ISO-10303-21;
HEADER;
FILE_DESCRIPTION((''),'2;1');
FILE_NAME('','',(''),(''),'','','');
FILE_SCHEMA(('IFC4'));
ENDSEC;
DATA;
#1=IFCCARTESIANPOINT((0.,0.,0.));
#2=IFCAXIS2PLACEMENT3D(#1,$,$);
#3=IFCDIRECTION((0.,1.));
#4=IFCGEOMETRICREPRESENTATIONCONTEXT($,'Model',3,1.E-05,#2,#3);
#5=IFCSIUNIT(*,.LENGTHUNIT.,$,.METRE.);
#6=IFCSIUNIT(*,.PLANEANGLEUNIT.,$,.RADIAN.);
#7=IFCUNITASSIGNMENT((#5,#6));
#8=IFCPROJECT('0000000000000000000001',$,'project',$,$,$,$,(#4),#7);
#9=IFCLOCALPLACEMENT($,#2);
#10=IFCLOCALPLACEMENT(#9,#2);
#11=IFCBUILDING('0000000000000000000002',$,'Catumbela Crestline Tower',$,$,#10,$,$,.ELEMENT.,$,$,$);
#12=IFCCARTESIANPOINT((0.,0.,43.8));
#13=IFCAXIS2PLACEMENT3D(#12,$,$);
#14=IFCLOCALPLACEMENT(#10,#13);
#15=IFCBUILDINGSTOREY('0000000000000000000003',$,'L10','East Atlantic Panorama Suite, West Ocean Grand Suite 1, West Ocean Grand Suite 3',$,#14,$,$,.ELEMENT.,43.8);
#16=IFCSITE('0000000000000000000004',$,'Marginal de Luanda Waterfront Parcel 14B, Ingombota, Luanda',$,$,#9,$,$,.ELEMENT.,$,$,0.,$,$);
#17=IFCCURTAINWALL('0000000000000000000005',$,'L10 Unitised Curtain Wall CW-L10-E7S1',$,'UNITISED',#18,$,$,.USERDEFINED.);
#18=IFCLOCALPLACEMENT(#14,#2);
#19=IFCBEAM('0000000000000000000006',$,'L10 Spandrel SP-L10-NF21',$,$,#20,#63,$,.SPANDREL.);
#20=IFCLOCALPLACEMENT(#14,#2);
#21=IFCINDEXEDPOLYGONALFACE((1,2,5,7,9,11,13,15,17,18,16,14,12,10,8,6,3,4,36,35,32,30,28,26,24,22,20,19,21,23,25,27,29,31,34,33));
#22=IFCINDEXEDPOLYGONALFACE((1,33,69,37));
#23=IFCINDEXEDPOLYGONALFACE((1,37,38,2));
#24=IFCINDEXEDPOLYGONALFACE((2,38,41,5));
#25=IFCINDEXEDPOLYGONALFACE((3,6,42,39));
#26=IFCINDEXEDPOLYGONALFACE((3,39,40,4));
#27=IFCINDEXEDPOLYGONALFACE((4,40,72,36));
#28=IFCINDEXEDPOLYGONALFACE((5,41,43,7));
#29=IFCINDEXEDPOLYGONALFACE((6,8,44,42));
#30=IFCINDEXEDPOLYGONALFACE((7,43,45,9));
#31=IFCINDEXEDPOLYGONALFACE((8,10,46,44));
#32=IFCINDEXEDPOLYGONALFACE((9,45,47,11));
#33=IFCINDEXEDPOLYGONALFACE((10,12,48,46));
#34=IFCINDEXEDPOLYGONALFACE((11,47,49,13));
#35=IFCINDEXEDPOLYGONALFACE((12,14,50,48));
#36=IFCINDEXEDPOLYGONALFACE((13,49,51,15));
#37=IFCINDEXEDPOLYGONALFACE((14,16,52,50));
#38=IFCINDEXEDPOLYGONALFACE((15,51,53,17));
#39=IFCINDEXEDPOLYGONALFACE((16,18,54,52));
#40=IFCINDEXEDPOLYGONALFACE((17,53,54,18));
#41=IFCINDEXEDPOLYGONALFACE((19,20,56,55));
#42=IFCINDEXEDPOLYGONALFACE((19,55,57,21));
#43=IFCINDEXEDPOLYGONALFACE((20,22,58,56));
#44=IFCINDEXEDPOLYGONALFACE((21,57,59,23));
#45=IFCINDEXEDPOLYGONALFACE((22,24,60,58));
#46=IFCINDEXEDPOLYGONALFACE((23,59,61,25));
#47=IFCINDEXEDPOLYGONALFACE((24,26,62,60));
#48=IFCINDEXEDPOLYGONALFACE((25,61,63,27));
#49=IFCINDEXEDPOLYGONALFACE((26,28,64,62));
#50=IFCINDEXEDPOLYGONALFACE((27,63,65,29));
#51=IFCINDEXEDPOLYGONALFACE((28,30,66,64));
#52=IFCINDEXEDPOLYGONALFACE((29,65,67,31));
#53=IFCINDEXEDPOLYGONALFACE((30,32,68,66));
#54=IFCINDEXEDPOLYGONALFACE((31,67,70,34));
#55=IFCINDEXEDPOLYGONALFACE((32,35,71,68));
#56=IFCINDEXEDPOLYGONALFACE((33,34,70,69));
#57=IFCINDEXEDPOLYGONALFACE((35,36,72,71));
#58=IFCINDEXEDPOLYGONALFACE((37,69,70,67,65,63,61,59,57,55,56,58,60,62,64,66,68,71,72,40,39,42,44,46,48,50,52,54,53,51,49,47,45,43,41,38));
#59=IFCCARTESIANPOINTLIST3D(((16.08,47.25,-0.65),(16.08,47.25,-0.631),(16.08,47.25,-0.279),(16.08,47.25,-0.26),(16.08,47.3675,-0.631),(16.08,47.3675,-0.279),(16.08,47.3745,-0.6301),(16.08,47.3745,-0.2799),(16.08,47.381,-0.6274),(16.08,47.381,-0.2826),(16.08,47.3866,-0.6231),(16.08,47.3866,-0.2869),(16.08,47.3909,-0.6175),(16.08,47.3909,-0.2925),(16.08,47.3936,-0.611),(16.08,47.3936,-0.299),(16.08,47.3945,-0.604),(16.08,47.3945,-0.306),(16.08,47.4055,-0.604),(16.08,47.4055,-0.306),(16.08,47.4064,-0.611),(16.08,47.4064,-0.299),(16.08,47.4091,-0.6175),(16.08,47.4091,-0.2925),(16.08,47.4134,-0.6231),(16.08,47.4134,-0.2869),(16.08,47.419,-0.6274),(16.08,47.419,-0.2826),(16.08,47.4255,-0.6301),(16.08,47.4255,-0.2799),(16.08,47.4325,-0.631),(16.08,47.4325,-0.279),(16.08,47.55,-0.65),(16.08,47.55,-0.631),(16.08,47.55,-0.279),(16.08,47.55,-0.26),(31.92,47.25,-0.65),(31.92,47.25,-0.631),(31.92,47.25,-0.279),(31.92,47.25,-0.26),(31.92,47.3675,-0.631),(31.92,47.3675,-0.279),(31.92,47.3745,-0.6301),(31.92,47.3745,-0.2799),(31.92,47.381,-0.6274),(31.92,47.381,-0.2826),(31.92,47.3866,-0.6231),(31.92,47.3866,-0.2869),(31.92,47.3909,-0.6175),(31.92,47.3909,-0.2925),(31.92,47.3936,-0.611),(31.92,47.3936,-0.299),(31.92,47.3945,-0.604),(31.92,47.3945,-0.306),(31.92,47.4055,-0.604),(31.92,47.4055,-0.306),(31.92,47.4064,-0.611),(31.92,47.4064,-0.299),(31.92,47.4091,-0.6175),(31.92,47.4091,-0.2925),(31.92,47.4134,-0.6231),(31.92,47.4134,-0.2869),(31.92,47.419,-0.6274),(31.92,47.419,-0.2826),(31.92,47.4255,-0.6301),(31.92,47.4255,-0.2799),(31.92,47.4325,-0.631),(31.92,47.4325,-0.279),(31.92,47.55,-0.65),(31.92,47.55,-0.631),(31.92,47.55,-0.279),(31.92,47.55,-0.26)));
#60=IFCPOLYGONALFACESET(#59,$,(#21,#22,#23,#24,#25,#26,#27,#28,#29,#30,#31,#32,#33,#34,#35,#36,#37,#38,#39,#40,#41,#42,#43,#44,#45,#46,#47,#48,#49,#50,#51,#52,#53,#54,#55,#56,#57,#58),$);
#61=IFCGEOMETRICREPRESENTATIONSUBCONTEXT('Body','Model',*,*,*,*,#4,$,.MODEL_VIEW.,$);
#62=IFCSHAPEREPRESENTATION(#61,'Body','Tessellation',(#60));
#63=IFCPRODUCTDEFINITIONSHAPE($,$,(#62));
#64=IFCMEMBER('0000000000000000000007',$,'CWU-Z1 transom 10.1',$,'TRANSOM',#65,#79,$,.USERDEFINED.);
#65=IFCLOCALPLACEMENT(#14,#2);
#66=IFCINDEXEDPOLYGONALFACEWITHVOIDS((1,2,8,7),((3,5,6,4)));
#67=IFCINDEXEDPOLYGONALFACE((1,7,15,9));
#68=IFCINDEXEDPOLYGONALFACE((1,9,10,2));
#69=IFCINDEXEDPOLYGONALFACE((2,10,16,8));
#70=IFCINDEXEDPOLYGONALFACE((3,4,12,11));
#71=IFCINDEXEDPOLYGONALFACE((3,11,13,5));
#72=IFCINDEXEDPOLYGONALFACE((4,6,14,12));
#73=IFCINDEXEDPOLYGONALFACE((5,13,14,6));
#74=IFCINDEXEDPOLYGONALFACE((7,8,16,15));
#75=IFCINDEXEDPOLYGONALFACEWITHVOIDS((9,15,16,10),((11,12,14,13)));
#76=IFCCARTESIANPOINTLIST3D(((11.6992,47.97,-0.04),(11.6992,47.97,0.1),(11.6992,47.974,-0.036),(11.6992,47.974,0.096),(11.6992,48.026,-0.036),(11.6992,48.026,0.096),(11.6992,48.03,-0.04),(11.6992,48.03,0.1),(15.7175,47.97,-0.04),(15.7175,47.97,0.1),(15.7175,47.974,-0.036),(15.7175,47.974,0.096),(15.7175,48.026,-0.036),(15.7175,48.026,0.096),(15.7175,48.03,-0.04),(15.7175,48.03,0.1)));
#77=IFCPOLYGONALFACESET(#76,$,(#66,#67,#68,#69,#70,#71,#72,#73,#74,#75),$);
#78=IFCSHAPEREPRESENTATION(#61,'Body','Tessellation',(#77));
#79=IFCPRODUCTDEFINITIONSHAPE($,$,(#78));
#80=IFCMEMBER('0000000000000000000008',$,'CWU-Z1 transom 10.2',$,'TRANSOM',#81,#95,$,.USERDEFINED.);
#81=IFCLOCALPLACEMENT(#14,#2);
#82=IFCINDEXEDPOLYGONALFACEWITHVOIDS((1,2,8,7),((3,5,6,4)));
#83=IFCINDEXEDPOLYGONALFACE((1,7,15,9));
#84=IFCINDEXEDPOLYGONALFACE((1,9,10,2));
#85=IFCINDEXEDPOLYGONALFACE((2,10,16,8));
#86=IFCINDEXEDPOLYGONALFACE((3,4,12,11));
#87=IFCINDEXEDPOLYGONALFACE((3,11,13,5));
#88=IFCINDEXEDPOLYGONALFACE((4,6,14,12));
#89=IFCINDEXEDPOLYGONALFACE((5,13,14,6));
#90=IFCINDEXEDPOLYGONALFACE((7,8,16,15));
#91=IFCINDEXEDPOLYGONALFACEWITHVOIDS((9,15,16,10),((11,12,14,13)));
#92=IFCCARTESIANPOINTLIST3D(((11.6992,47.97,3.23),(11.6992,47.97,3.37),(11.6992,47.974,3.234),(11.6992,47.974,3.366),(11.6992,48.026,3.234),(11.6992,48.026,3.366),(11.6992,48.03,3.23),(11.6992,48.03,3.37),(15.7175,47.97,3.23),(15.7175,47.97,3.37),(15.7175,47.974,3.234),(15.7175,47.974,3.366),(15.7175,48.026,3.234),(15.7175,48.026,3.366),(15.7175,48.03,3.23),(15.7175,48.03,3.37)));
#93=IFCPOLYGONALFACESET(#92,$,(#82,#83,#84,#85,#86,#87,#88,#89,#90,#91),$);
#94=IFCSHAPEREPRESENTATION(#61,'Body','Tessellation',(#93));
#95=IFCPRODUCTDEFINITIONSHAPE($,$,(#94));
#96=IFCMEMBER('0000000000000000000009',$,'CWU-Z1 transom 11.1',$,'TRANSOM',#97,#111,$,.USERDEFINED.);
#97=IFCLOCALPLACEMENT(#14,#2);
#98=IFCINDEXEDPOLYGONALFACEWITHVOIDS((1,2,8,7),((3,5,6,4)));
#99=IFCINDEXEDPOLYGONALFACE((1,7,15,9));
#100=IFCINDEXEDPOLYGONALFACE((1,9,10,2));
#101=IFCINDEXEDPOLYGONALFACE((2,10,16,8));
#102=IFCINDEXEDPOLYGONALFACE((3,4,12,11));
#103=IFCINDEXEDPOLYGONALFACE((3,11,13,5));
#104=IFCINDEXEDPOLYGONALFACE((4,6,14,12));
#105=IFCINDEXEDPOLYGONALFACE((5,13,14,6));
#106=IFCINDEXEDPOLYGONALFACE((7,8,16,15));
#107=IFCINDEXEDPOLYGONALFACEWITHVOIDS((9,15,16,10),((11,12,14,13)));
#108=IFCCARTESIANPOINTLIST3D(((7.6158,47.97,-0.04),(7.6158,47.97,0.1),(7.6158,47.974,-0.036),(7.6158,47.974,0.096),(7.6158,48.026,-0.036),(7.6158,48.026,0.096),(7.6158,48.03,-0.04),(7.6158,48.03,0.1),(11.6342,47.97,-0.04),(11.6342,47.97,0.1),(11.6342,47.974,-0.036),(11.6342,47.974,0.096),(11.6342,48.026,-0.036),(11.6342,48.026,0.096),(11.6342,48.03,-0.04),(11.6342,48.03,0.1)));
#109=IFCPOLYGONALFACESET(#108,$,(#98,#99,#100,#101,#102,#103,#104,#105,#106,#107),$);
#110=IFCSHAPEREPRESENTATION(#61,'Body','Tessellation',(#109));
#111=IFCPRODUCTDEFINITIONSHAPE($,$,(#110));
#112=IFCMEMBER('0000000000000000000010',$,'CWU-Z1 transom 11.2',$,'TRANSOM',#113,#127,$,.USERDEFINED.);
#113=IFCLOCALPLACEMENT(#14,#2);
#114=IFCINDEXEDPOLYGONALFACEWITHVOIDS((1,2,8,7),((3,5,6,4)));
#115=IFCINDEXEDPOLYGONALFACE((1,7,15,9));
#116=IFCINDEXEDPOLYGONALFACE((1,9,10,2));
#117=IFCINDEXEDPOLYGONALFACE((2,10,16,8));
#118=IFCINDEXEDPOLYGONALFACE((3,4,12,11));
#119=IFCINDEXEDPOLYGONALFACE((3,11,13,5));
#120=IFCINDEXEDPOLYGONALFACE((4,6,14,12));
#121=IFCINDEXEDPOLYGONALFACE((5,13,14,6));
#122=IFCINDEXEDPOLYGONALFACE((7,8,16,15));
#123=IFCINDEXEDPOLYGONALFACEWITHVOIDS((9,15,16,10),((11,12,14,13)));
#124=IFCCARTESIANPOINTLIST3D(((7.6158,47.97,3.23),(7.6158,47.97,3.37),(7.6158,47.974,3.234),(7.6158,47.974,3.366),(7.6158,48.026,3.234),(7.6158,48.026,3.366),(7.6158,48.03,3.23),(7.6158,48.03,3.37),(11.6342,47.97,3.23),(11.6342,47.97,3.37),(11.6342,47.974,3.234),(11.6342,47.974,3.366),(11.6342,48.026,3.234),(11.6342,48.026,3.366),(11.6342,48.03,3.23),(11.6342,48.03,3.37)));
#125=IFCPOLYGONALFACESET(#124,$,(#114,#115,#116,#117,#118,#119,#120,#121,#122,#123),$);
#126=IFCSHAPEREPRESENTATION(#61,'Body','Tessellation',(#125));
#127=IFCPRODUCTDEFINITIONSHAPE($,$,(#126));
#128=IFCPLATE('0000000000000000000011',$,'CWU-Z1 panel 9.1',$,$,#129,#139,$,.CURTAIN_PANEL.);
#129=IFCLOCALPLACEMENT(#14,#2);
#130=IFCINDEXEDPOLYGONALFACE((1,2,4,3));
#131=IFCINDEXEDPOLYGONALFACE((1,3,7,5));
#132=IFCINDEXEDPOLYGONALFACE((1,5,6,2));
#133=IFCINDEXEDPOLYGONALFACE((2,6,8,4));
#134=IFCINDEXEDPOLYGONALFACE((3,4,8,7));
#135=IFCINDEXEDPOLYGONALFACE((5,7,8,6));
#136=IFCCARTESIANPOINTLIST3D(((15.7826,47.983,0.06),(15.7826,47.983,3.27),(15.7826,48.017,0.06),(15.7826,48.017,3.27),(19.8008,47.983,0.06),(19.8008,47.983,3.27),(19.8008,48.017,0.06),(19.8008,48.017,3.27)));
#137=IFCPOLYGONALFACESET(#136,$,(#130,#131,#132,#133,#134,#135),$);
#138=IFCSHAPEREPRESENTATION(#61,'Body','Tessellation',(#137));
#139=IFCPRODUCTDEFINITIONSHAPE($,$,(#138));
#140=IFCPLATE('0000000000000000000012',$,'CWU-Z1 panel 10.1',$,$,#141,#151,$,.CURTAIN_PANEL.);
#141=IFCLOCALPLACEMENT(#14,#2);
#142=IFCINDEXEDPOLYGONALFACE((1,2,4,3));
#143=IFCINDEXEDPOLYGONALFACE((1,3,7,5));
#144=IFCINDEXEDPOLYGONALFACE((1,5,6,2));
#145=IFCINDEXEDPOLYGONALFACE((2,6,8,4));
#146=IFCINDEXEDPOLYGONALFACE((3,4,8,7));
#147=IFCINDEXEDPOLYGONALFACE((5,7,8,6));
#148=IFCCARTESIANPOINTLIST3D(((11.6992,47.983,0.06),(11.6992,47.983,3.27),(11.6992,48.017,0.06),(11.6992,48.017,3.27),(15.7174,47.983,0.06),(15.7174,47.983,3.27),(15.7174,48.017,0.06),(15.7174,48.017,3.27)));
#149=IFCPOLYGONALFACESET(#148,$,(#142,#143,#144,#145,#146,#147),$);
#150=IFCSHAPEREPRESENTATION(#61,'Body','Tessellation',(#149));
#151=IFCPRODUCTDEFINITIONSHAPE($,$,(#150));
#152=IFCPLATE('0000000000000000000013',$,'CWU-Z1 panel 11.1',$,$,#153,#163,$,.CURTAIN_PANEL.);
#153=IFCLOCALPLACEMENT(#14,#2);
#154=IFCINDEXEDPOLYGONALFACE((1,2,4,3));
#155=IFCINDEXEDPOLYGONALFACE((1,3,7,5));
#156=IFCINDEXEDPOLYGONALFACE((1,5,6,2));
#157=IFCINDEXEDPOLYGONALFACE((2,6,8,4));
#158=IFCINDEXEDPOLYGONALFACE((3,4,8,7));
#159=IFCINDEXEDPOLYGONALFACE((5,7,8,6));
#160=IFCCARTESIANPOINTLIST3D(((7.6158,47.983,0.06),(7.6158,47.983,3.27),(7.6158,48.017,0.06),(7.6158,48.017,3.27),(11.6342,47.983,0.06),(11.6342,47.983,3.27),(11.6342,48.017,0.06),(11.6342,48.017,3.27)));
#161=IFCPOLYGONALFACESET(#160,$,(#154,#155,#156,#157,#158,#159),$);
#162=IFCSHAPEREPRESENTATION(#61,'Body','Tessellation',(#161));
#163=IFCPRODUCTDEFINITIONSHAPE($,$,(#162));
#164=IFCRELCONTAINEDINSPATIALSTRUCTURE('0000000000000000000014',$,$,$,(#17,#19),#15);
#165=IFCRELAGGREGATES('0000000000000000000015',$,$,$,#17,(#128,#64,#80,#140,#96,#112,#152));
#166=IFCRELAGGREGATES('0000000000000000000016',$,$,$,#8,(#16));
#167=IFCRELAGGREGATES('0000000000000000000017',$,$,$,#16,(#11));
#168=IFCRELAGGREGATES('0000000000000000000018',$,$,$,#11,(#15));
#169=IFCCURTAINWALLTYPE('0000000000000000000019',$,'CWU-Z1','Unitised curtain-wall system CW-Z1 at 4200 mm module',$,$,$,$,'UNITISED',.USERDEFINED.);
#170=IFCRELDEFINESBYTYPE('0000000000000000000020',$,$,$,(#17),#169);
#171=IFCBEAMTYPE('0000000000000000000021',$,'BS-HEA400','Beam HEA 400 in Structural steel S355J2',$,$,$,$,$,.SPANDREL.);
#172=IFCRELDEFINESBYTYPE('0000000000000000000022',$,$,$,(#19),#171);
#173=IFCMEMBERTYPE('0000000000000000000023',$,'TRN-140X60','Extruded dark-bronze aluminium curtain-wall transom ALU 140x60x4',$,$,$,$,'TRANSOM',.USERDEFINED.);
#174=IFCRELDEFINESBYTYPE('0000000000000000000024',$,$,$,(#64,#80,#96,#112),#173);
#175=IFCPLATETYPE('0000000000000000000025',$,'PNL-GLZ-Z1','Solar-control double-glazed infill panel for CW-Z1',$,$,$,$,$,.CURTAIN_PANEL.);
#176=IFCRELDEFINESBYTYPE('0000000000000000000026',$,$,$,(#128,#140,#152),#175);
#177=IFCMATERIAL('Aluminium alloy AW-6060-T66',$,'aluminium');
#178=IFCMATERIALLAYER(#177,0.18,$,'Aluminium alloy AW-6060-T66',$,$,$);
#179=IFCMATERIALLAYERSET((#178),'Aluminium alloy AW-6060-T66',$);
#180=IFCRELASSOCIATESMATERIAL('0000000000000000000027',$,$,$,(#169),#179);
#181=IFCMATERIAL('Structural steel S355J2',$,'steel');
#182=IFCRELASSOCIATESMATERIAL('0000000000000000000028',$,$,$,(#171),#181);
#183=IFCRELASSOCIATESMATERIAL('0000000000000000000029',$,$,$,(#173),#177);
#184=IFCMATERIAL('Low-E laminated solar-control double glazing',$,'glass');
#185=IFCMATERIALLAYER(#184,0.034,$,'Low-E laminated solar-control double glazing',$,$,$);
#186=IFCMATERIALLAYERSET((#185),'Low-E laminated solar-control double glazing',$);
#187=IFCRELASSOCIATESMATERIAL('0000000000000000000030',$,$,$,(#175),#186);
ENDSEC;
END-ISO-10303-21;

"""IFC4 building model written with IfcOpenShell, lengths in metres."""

from ifc_helpers import new_model, si_unit, direction, frame, origin, origin_2d, place, context, subcontext, project, spatial, rectangle, hollow_rectangle, i_section, extrude, material, layer, layer_set, material_profile, profile_set, type_object, element, aggregate, save


model = new_model("IFC4")

# Units and contexts
model_context = context("Model", 3, precision=1e-05, world=origin(), true_north=direction((0.0, 1.0)))
body_context = subcontext(model_context, "Body", "Model", "MODEL_VIEW")
ifc_project = project(units=[si_unit("LENGTHUNIT", "METRE"), si_unit("PLANEANGLEUNIT", "RADIAN")], contexts=[model_context])

# Site, building, storey
site_placement = place(None, origin())
site = spatial("IfcSite", under=ifc_project, at=site_placement, Name="Marginal de Luanda Waterfront Parcel 14B, Ingombota, Luanda", CompositionType="ELEMENT", RefElevation=0.0)
building_placement = place(site_placement, origin())
building = spatial("IfcBuilding", under=site, at=building_placement, Name="Catumbela Crestline Tower", CompositionType="ELEMENT")
storey_placement = place(building_placement, frame((0.0, 0.0, 43.8)))
storey = spatial("IfcBuildingStorey", under=building, at=storey_placement, Name="L10", Description="East Atlantic Panorama Suite, West Ocean Grand Suite 1, West Ocean Grand Suite 3", CompositionType="ELEMENT", Elevation=43.8)

# Curtain wall
ifc_material_1 = material(Name="Aluminium alloy AW-6060-T66", Category="aluminium")
ifc_layer_1 = layer(ifc_material_1, 0.18, Name="Aluminium alloy AW-6060-T66")
ifc_layer_set_1 = layer_set([ifc_layer_1], Name="Aluminium alloy AW-6060-T66")
curtain_wall_type = type_object("IfcCurtainWallType", Name="CWU-Z1", Description="Unitised curtain-wall system CW-Z1 at 4200 mm module", ElementType="UNITISED", PredefinedType="USERDEFINED", material=ifc_layer_set_1)
curtain_wall_placement = place(storey_placement, origin())
curtain_wall = element("IfcCurtainWall", 1, at=curtain_wall_placement, inside=storey, type_object=curtain_wall_type, Name="L10 Unitised Curtain Wall CW-L10-E7S1", ObjectType="UNITISED", PredefinedType="USERDEFINED")

# Beam
ifc_material_2 = material(Name="Structural steel S355J2", Category="steel")
ifc_material_profile_1 = material_profile(ifc_material_2, i_section(OverallWidth=0.3, OverallDepth=0.39, WebThickness=0.011, FlangeThickness=0.019, FilletRadius=0.027, at=origin_2d()), Name="HEA 400")
ifc_profile_set_1 = profile_set([ifc_material_profile_1], Name="Structural steel S355J2")
beam_type = type_object("IfcBeamType", Name="BS-HEA400", Description="Beam HEA 400 in Structural steel S355J2", PredefinedType="SPANDREL", material=ifc_profile_set_1)
beam_1_placement = place(storey_placement, frame((16.08, 47.4, -0.455), z_axis=(1.0, 0.0, 0.0), x_axis=(0.0, 1.0, 0.0)))
element("IfcBeam", 2, at=beam_1_placement, inside=storey, type_object=beam_type, Name="L10 Spandrel SP-L10-NF21", PredefinedType="SPANDREL", context=body_context, shape_type="SweptSolid", body=[
    extrude(i_section(OverallWidth=0.3, OverallDepth=0.39, WebThickness=0.011, FlangeThickness=0.019, FilletRadius=0.027, at=origin_2d()), origin(), (0.0, 0.0, 1.0), 15.84),
])

# Members
ifc_material_profile_2 = material_profile(ifc_material_1, hollow_rectangle(XDim=0.06, YDim=0.14, WallThickness=0.004, at=origin_2d()), Name="ALU 140x60x4")
ifc_profile_set_2 = profile_set([ifc_material_profile_2], Name="Aluminium alloy AW-6060-T66")
member_type_1 = type_object("IfcMemberType", Name="TRN-140X60", Description="Extruded dark-bronze aluminium curtain-wall transom ALU 140x60x4", ElementType="TRANSOM", PredefinedType="USERDEFINED", material=ifc_profile_set_2)
member_1_placement = place(storey_placement, frame((15.7175, 48.0, 0.03), z_axis=(-1.0, 0.0, 0.0), x_axis=(0.0, -1.0, 0.0)))
member_1 = element("IfcMember", 3, at=member_1_placement, type_object=member_type_1, Name="CWU-Z1 transom 10.1", ObjectType="TRANSOM", PredefinedType="USERDEFINED", context=body_context, shape_type="SweptSolid", body=[
    extrude(hollow_rectangle(XDim=0.06, YDim=0.14, WallThickness=0.004, at=origin_2d()), origin(), (0.0, 0.0, 1.0), 4.0183),
])
member_2_placement = place(storey_placement, frame((15.7175, 48.0, 3.3), z_axis=(-1.0, 0.0, 0.0), x_axis=(0.0, -1.0, 0.0)))
member_2 = element("IfcMember", 4, at=member_2_placement, type_object=member_type_1, Name="CWU-Z1 transom 10.2", ObjectType="TRANSOM", PredefinedType="USERDEFINED", context=body_context, shape_type="SweptSolid", body=[
    extrude(hollow_rectangle(XDim=0.06, YDim=0.14, WallThickness=0.004, at=origin_2d()), origin(), (0.0, 0.0, 1.0), 4.0183),
])
member_3_placement = place(storey_placement, frame((11.6342, 48.0, 0.03), z_axis=(-1.0, 0.0, 0.0), x_axis=(0.0, -1.0, 0.0)))
member_3 = element("IfcMember", 5, at=member_3_placement, type_object=member_type_1, Name="CWU-Z1 transom 11.1", ObjectType="TRANSOM", PredefinedType="USERDEFINED", context=body_context, shape_type="SweptSolid", body=[
    extrude(hollow_rectangle(XDim=0.06, YDim=0.14, WallThickness=0.004, at=origin_2d()), origin(), (0.0, 0.0, 1.0), 4.0184),
])
member_4_placement = place(storey_placement, frame((11.6342, 48.0, 3.3), z_axis=(-1.0, 0.0, 0.0), x_axis=(0.0, -1.0, 0.0)))
member_4 = element("IfcMember", 6, at=member_4_placement, type_object=member_type_1, Name="CWU-Z1 transom 11.2", ObjectType="TRANSOM", PredefinedType="USERDEFINED", context=body_context, shape_type="SweptSolid", body=[
    extrude(hollow_rectangle(XDim=0.06, YDim=0.14, WallThickness=0.004, at=origin_2d()), origin(), (0.0, 0.0, 1.0), 4.0184),
])

# Plates
ifc_material_3 = material(Name="Low-E laminated solar-control double glazing", Category="glass")
ifc_layer_2 = layer(ifc_material_3, 0.034, Name="Low-E laminated solar-control double glazing")
ifc_layer_set_2 = layer_set([ifc_layer_2], Name="Low-E laminated solar-control double glazing")
plate_type = type_object("IfcPlateType", Name="PNL-GLZ-Z1", Description="Solar-control double-glazed infill panel for CW-Z1", PredefinedType="CURTAIN_PANEL", material=ifc_layer_set_2)
plate_1_placement = place(storey_placement, frame((17.7917, 48.0, 0.06), z_axis=(0.0, 0.0, 1.0), x_axis=(-1.0, 0.0, 0.0)))
plate_1 = element("IfcPlate", 7, at=plate_1_placement, type_object=plate_type, Name="CWU-Z1 panel 9.1", PredefinedType="CURTAIN_PANEL", context=body_context, shape_type="SweptSolid", body=[
    extrude(rectangle(XDim=4.0183, YDim=0.034, at=origin_2d()), origin(), (0.0, 0.0, 1.0), 3.21),
])
plate_2_placement = place(storey_placement, frame((13.7083, 48.0, 0.06), z_axis=(0.0, 0.0, 1.0), x_axis=(-1.0, 0.0, 0.0)))
plate_2 = element("IfcPlate", 8, at=plate_2_placement, type_object=plate_type, Name="CWU-Z1 panel 10.1", PredefinedType="CURTAIN_PANEL", context=body_context, shape_type="SweptSolid", body=[
    extrude(rectangle(XDim=4.0183, YDim=0.034, at=origin_2d()), origin(), (0.0, 0.0, 1.0), 3.21),
])
plate_3_placement = place(storey_placement, frame((9.625, 48.0, 0.06), z_axis=(0.0, 0.0, 1.0), x_axis=(-1.0, 0.0, 0.0)))
plate_3 = element("IfcPlate", 9, at=plate_3_placement, type_object=plate_type, Name="CWU-Z1 panel 11.1", PredefinedType="CURTAIN_PANEL", context=body_context, shape_type="SweptSolid", body=[
    extrude(rectangle(XDim=4.0183, YDim=0.034, at=origin_2d()), origin(), (0.0, 0.0, 1.0), 3.21),
])
aggregate(curtain_wall, [plate_1, member_1, member_2, plate_2, member_3, member_4, plate_3])

save(model, "model.ifc")
